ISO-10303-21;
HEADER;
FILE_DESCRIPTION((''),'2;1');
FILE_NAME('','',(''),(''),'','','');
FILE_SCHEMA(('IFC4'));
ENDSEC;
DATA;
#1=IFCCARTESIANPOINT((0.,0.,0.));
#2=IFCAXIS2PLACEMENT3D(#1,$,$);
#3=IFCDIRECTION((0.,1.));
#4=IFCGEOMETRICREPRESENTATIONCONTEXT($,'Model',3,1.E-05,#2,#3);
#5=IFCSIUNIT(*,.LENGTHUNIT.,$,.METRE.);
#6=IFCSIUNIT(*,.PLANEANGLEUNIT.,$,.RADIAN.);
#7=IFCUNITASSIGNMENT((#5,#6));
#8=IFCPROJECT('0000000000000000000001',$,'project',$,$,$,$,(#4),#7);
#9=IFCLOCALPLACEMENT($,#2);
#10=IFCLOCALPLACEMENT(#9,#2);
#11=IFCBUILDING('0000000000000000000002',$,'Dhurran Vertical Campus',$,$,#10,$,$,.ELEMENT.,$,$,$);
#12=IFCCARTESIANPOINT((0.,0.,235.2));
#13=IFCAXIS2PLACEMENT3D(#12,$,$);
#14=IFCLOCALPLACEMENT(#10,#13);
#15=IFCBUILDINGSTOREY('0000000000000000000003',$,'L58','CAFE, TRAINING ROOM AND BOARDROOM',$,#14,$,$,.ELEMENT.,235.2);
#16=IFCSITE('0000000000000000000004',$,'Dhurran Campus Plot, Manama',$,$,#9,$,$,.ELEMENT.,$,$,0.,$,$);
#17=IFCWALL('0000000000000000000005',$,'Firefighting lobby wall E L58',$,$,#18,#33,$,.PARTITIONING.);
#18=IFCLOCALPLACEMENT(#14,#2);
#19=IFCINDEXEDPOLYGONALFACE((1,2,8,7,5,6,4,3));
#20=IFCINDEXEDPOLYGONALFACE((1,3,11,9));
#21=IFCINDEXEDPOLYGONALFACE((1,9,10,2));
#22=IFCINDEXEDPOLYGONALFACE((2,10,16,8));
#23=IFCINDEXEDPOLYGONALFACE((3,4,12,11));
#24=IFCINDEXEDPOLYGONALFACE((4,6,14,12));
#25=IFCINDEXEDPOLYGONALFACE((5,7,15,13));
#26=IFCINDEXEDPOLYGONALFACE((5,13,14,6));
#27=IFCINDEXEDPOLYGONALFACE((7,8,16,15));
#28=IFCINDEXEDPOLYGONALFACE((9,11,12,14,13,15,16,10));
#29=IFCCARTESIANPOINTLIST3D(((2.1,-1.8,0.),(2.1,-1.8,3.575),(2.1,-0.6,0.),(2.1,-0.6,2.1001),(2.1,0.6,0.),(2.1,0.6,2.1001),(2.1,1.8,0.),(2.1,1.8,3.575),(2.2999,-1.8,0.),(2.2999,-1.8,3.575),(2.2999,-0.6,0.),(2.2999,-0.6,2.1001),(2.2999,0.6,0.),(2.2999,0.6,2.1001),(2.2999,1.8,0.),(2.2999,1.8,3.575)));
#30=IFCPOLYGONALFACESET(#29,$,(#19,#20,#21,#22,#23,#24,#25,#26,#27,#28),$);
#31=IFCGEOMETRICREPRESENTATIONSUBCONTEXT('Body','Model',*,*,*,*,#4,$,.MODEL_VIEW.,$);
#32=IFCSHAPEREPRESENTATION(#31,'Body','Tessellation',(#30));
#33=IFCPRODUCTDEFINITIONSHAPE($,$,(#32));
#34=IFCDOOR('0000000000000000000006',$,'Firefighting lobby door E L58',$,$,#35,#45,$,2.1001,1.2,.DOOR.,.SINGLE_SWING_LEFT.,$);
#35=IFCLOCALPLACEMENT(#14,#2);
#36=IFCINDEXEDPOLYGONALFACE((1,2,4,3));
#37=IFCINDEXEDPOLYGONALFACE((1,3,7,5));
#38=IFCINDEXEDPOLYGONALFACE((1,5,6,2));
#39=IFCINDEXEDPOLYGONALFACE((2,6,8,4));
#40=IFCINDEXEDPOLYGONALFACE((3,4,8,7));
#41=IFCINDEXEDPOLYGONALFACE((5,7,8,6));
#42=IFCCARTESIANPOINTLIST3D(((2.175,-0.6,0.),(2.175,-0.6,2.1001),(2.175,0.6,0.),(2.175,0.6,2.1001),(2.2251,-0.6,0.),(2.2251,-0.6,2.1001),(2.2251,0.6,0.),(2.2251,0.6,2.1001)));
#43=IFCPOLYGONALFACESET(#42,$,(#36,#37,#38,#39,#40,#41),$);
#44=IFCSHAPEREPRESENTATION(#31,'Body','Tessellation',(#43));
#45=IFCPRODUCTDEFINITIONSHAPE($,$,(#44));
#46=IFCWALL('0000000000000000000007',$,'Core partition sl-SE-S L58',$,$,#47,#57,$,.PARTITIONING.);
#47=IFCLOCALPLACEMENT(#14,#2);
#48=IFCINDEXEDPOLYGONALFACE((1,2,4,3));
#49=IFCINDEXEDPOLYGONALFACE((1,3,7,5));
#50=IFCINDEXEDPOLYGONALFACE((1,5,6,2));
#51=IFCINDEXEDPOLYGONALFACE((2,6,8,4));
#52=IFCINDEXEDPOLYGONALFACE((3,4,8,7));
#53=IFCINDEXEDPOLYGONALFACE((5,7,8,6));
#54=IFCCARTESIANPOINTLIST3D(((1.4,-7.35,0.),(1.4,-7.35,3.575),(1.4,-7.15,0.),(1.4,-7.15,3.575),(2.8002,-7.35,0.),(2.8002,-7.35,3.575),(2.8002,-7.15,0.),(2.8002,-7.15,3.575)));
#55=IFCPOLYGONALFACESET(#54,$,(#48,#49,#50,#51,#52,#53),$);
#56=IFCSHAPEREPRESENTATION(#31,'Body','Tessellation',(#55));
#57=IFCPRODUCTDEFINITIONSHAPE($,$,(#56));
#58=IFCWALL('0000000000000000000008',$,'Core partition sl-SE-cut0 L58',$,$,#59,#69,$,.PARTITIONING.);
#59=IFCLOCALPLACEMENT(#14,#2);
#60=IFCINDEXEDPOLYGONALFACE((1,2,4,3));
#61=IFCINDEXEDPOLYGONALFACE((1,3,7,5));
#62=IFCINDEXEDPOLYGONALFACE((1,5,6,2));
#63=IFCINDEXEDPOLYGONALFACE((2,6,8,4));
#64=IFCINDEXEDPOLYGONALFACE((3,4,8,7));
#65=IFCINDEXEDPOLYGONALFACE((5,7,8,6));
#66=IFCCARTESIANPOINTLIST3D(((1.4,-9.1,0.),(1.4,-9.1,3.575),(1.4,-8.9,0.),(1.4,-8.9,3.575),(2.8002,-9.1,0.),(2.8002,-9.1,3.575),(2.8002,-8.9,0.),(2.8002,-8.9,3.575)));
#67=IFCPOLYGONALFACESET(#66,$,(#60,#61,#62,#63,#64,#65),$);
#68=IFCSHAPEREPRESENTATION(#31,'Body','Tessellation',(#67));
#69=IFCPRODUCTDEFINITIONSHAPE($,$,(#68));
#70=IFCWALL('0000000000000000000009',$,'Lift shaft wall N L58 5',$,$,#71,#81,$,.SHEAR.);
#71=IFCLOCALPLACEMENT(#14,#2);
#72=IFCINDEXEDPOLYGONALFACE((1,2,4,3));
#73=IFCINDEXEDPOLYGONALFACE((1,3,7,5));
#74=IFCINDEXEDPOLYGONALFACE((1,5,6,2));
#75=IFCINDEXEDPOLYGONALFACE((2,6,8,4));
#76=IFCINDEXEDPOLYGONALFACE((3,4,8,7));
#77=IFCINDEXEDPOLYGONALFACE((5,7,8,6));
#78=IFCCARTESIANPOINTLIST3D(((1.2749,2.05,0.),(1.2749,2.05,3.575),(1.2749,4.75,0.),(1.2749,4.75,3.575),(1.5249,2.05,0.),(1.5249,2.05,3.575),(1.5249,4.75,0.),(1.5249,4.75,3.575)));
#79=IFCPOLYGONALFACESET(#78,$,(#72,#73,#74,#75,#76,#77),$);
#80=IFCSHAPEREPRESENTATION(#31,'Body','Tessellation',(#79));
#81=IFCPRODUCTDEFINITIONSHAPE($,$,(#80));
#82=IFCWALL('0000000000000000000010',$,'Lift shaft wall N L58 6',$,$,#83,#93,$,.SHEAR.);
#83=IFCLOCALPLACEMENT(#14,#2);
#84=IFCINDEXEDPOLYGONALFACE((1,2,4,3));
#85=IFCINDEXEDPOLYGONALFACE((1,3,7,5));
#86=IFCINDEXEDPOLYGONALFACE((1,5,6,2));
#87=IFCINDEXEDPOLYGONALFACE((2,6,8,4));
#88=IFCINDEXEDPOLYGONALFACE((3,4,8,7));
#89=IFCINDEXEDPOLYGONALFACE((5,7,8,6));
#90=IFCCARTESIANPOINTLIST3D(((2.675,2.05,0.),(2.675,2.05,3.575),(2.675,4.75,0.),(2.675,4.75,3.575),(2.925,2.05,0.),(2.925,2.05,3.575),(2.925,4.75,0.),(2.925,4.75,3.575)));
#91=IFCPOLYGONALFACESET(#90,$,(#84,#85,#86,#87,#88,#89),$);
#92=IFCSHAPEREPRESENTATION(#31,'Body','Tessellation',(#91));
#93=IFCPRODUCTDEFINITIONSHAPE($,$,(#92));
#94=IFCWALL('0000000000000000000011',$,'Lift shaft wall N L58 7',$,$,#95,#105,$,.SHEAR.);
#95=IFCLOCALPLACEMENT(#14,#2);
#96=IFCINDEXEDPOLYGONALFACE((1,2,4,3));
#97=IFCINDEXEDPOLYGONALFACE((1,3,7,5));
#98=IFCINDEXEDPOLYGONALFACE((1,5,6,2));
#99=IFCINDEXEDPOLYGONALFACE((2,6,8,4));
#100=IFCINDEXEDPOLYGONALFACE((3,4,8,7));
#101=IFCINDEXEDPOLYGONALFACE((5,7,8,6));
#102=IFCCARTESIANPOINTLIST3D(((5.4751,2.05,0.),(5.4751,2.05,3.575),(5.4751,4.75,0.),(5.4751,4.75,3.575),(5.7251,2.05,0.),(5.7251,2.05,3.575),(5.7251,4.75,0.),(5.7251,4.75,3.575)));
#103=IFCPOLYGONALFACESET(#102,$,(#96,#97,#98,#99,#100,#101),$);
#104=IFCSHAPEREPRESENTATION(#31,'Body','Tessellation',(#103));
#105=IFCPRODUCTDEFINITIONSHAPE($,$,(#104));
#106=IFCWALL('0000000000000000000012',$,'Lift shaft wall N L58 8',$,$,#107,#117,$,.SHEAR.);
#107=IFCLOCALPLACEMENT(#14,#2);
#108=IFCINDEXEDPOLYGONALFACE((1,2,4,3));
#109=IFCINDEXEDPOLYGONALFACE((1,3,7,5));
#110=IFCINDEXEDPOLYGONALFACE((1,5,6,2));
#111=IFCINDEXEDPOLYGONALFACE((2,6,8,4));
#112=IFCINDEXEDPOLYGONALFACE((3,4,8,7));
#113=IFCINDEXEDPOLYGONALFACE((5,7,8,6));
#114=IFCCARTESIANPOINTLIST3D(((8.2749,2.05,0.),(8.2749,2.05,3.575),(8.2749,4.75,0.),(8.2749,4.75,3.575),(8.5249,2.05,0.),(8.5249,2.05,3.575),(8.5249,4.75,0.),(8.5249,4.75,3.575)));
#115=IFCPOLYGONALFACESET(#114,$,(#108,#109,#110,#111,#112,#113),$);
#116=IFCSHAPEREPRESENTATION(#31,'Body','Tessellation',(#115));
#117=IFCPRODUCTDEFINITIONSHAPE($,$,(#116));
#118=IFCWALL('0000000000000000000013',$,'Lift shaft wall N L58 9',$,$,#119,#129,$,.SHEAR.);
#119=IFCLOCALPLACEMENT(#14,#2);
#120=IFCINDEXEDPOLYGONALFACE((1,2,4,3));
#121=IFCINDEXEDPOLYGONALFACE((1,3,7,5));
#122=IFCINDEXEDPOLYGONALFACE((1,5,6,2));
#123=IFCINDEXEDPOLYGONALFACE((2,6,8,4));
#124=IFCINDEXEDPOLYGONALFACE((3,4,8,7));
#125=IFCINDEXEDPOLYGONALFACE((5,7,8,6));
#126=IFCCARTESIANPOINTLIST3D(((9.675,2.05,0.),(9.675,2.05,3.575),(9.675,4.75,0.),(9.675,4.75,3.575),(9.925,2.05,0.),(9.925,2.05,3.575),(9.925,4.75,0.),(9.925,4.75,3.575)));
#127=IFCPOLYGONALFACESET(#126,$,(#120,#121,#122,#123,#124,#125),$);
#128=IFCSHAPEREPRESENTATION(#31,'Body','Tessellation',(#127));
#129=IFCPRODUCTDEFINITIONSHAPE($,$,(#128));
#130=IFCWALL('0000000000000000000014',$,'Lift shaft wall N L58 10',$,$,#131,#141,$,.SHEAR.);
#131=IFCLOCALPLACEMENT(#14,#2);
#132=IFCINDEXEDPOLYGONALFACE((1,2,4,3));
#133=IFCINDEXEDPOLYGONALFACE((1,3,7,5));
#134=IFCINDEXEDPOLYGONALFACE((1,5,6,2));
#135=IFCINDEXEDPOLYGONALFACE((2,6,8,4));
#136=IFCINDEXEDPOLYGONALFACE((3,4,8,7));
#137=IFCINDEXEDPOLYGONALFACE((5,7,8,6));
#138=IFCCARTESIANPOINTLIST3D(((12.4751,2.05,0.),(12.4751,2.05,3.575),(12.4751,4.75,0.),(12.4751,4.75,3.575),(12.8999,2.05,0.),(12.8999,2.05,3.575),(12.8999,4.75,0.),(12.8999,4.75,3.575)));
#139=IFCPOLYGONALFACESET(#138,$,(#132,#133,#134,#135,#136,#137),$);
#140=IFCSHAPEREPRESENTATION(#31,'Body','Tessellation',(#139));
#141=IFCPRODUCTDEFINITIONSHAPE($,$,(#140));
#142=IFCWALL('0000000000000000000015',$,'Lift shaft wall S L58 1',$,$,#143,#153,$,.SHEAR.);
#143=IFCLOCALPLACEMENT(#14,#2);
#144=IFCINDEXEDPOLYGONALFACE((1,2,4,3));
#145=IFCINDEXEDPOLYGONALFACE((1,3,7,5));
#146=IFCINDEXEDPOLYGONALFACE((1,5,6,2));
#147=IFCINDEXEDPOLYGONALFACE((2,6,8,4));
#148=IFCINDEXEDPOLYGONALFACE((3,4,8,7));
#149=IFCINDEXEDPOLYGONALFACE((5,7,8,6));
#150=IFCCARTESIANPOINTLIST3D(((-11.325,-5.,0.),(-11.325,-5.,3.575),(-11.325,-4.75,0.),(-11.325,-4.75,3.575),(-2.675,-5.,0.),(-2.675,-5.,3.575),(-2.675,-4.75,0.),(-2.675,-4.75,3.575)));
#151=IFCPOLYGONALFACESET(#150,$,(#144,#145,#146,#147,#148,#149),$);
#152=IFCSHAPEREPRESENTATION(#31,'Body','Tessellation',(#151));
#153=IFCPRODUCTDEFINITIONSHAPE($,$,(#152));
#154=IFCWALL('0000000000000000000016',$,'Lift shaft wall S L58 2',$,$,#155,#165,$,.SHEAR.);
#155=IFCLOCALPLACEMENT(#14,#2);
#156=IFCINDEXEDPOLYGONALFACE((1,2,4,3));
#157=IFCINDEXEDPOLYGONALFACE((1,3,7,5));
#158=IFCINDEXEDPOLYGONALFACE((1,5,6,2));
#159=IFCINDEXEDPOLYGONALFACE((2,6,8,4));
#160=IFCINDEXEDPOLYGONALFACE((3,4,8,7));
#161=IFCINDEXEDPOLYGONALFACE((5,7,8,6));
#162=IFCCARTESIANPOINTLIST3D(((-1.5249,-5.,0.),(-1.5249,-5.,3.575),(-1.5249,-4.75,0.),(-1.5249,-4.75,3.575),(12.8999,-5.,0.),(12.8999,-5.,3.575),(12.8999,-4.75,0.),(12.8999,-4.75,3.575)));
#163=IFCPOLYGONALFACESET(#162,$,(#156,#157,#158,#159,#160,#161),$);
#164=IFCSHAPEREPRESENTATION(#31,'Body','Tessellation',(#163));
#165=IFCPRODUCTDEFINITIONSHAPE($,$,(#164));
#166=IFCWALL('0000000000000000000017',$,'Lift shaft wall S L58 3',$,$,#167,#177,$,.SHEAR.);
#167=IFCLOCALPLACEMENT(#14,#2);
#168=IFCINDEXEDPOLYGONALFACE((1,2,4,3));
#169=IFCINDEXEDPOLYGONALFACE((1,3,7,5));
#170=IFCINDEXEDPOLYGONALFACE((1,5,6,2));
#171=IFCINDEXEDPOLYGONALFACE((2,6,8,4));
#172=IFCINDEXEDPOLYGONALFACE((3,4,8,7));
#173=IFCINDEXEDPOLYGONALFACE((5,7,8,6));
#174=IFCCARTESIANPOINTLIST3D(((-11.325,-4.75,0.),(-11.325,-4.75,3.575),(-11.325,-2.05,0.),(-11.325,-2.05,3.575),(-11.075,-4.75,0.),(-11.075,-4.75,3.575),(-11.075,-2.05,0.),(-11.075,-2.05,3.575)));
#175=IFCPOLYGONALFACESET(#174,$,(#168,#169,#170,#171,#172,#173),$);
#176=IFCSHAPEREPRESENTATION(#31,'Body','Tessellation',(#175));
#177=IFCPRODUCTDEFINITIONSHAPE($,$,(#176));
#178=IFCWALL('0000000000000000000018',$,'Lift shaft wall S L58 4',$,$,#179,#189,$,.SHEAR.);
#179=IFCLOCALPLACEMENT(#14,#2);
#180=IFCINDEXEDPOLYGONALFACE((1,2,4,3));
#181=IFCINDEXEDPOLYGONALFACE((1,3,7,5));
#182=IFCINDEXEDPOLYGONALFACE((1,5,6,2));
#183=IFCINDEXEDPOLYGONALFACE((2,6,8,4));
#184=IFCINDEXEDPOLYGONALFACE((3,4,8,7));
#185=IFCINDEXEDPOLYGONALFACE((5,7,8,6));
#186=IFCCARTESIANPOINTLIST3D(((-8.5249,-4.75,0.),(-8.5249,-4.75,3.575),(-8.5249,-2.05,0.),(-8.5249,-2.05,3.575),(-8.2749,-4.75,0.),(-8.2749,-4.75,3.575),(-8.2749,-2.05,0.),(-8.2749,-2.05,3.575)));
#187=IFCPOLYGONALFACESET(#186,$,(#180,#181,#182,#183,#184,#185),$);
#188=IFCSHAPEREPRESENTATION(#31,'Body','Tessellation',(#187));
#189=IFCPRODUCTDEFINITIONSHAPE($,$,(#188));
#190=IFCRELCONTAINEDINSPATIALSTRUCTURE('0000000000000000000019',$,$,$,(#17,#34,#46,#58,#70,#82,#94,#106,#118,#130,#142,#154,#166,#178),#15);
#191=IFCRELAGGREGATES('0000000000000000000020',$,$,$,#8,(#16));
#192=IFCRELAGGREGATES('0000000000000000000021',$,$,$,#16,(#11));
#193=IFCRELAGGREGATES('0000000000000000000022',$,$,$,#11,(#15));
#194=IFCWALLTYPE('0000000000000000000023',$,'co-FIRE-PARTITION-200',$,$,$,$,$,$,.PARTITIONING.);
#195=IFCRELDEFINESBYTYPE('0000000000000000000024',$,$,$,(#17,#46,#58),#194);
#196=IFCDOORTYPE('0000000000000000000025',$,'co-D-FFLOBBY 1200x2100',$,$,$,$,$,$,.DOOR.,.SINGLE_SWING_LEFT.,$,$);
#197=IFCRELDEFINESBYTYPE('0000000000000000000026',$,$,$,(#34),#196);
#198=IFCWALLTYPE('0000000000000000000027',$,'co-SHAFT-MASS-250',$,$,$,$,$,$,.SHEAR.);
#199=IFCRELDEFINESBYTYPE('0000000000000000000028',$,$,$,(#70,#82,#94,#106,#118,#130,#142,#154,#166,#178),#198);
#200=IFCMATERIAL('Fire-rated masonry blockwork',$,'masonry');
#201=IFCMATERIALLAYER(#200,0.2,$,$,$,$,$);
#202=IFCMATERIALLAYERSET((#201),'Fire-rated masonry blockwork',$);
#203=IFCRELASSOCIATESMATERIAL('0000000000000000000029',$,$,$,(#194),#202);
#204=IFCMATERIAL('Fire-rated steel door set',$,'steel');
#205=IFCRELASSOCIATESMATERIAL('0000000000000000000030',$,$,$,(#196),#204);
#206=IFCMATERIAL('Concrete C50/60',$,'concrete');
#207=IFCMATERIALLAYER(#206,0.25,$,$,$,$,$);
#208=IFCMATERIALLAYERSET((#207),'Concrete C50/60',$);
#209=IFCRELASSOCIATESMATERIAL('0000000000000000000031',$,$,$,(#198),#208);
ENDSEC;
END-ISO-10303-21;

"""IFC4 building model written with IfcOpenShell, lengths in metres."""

from ifc_helpers import new_model, si_unit, direction, frame, frame_2d, origin, place, context, subcontext, project, spatial, polyline, rectangle, outline, extrude, material, layer, layer_set, type_object, element, fill, save


model = new_model("IFC4")

# Units and contexts
model_context = context("Model", 3, precision=1e-05, world=origin(), true_north=direction((0.0, 1.0)))
body_context = subcontext(model_context, "Body", "Model", "MODEL_VIEW")
ifc_project = project(units=[si_unit("LENGTHUNIT", "METRE"), si_unit("PLANEANGLEUNIT", "RADIAN")], contexts=[model_context])

# Site, building, storey
site_placement = place(None, origin())
site = spatial("IfcSite", under=ifc_project, at=site_placement, Name="Dhurran Campus Plot, Manama", CompositionType="ELEMENT", RefElevation=0.0)
building_placement = place(site_placement, origin())
building = spatial("IfcBuilding", under=site, at=building_placement, Name="Dhurran Vertical Campus", CompositionType="ELEMENT")
storey_placement = place(building_placement, frame((0.0, 0.0, 235.2)))
storey = spatial("IfcBuildingStorey", under=building, at=storey_placement, Name="L58", Description="CAFE, TRAINING ROOM AND BOARDROOM", CompositionType="ELEMENT", Elevation=235.2)

# Wall, opening, door
ifc_material_1 = material(Name="Fire-rated masonry blockwork", Category="masonry")
ifc_layer_1 = layer(ifc_material_1, 0.2)
ifc_layer_set_1 = layer_set([ifc_layer_1], Name="Fire-rated masonry blockwork")
wall_type_1 = type_object("IfcWallType", Name="co-FIRE-PARTITION-200", PredefinedType="PARTITIONING", material=ifc_layer_set_1)
wall_1_placement = place(storey_placement, frame((2.2, -1.8, 0.0), z_axis=(0.0, 0.0, 1.0), x_axis=(0.0, 1.0, 0.0)))
wall_1 = element("IfcWall", 1, at=wall_1_placement, inside=storey, type_object=wall_type_1, Name="Firefighting lobby wall E L58", PredefinedType="PARTITIONING", context=body_context, shape_type="SweptSolid", body=[
    extrude(rectangle(XDim=3.6001, YDim=0.2, at=frame_2d((1.8, 0.0))), origin(), (0.0, 0.0, 1.0), 3.575),
])
opening_1_placement = place(wall_1_placement, frame((1.2, 0.0, 0.0)))
opening_1 = element("IfcOpeningElement", 2, at=opening_1_placement, cuts=wall_1, PredefinedType="OPENING", context=body_context, shape_type="SweptSolid", body=[
    extrude(rectangle(XDim=1.2, YDim=2.1001, at=frame_2d((0.6001, 1.05))), frame((0.0, 0.1099, 0.0), z_axis=(0.0, -1.0, 0.0), x_axis=(1.0, 0.0, 0.0)), (0.0, 0.0, 1.0), 0.22),
])
ifc_material_2 = material(Name="Fire-rated steel door set", Category="steel")
door_type_1 = type_object("IfcDoorType", Name="co-D-FFLOBBY 1200x2100", OperationType="SINGLE_SWING_LEFT", PredefinedType="DOOR", material=ifc_material_2)
door_1_placement = place(opening_1_placement, origin())
door_1 = element("IfcDoor", 3, at=door_1_placement, inside=storey, type_object=door_type_1, Name="Firefighting lobby door E L58", OperationType="SINGLE_SWING_LEFT", OverallHeight=2.1001, OverallWidth=1.2, PredefinedType="DOOR", context=body_context, shape_type="SweptSolid", body=[
    extrude(rectangle(XDim=1.2, YDim=2.1001, at=frame_2d((0.6001, 1.05))), frame((0.0, 0.0249, 0.0), z_axis=(0.0, -1.0, 0.0), x_axis=(1.0, 0.0, 0.0)), (0.0, 0.0, 1.0), 0.05),
])
fill(opening_1, door_1)

# Walls
for number, where, z_axis, x_axis, name in (
    (4, (1.3999, -7.25, 0.0), (0.0, 0.0, 1.0), (1.0, 0.0, 0.0), "Core partition sl-SE-S L58"),
    (5, (1.3999, -9.0, 0.0), (0.0, 0.0, 1.0), (1.0, 0.0, 0.0), "Core partition sl-SE-cut0 L58"),
):
    element("IfcWall", number, at=place(storey_placement, frame(where, z_axis=z_axis, x_axis=x_axis)), inside=storey, type_object=wall_type_1, Name=name, PredefinedType="PARTITIONING", context=body_context, shape_type="SweptSolid", body=[
        extrude(rectangle(XDim=1.4001, YDim=0.2, at=frame_2d((0.7002, 0.0))), origin(), (0.0, 0.0, 1.0), 3.575),
    ])
ifc_material_3 = material(Name="Concrete C50/60", Category="concrete")
ifc_layer_2 = layer(ifc_material_3, 0.25)
ifc_layer_set_2 = layer_set([ifc_layer_2], Name="Concrete C50/60")
wall_type_2 = type_object("IfcWallType", Name="co-SHAFT-MASS-250", PredefinedType="SHEAR", material=ifc_layer_set_2)
wall_2_placement = place(storey_placement, origin())
element("IfcWall", 6, at=wall_2_placement, inside=storey, type_object=wall_type_2, Name="Lift shaft wall N L58 5", PredefinedType="SHEAR", context=body_context, shape_type="SweptSolid", body=[
    extrude(outline(polyline([(1.2749, 2.05), (1.5249, 2.05), (1.5249, 4.75), (1.2749, 4.75), (1.2749, 2.05)])), origin(), (0.0, 0.0, 1.0), 3.575),
])
wall_3_placement = place(storey_placement, origin())
element("IfcWall", 7, at=wall_3_placement, inside=storey, type_object=wall_type_2, Name="Lift shaft wall N L58 6", PredefinedType="SHEAR", context=body_context, shape_type="SweptSolid", body=[
    extrude(outline(polyline([(2.675, 2.05), (2.925, 2.05), (2.925, 4.75), (2.675, 4.75), (2.675, 2.05)])), origin(), (0.0, 0.0, 1.0), 3.575),
])
wall_4_placement = place(storey_placement, origin())
element("IfcWall", 8, at=wall_4_placement, inside=storey, type_object=wall_type_2, Name="Lift shaft wall N L58 7", PredefinedType="SHEAR", context=body_context, shape_type="SweptSolid", body=[
    extrude(outline(polyline([(5.4751, 2.05), (5.7251, 2.05), (5.7251, 4.75), (5.4751, 4.75), (5.4751, 2.05)])), origin(), (0.0, 0.0, 1.0), 3.575),
])
wall_5_placement = place(storey_placement, origin())
element("IfcWall", 9, at=wall_5_placement, inside=storey, type_object=wall_type_2, Name="Lift shaft wall N L58 8", PredefinedType="SHEAR", context=body_context, shape_type="SweptSolid", body=[
    extrude(outline(polyline([(8.2749, 2.05), (8.5249, 2.05), (8.5249, 4.75), (8.2749, 4.75), (8.2749, 2.05)])), origin(), (0.0, 0.0, 1.0), 3.575),
])
wall_6_placement = place(storey_placement, origin())
element("IfcWall", 10, at=wall_6_placement, inside=storey, type_object=wall_type_2, Name="Lift shaft wall N L58 9", PredefinedType="SHEAR", context=body_context, shape_type="SweptSolid", body=[
    extrude(outline(polyline([(9.675, 2.05), (9.925, 2.05), (9.925, 4.75), (9.675, 4.75), (9.675, 2.05)])), origin(), (0.0, 0.0, 1.0), 3.575),
])
wall_7_placement = place(storey_placement, origin())
element("IfcWall", 11, at=wall_7_placement, inside=storey, type_object=wall_type_2, Name="Lift shaft wall N L58 10", PredefinedType="SHEAR", context=body_context, shape_type="SweptSolid", body=[
    extrude(outline(polyline([(12.4751, 2.05), (12.8999, 2.05), (12.8999, 4.75), (12.4751, 4.75), (12.4751, 2.05)])), origin(), (0.0, 0.0, 1.0), 3.575),
])
wall_8_placement = place(storey_placement, origin())
element("IfcWall", 12, at=wall_8_placement, inside=storey, type_object=wall_type_2, Name="Lift shaft wall S L58 1", PredefinedType="SHEAR", context=body_context, shape_type="SweptSolid", body=[
    extrude(outline(polyline([(-11.325, -5.0), (-2.675, -5.0), (-2.675, -4.75), (-11.325, -4.75), (-11.325, -5.0)])), origin(), (0.0, 0.0, 1.0), 3.575),
])
wall_9_placement = place(storey_placement, origin())
element("IfcWall", 13, at=wall_9_placement, inside=storey, type_object=wall_type_2, Name="Lift shaft wall S L58 2", PredefinedType="SHEAR", context=body_context, shape_type="SweptSolid", body=[
    extrude(outline(polyline([(-1.5249, -5.0), (12.8999, -5.0), (12.8999, -4.75), (-1.5249, -4.75), (-1.5249, -5.0)])), origin(), (0.0, 0.0, 1.0), 3.575),
])
wall_10_placement = place(storey_placement, origin())
element("IfcWall", 14, at=wall_10_placement, inside=storey, type_object=wall_type_2, Name="Lift shaft wall S L58 3", PredefinedType="SHEAR", context=body_context, shape_type="SweptSolid", body=[
    extrude(outline(polyline([(-11.325, -4.75), (-11.075, -4.75), (-11.075, -2.05), (-11.325, -2.05), (-11.325, -4.75)])), origin(), (0.0, 0.0, 1.0), 3.575),
])
wall_11_placement = place(storey_placement, origin())
element("IfcWall", 15, at=wall_11_placement, inside=storey, type_object=wall_type_2, Name="Lift shaft wall S L58 4", PredefinedType="SHEAR", context=body_context, shape_type="SweptSolid", body=[
    extrude(outline(polyline([(-8.5249, -4.75), (-8.2749, -4.75), (-8.2749, -2.05), (-8.5249, -2.05), (-8.5249, -4.75)])), origin(), (0.0, 0.0, 1.0), 3.575),
])

save(model, "model.ifc")
